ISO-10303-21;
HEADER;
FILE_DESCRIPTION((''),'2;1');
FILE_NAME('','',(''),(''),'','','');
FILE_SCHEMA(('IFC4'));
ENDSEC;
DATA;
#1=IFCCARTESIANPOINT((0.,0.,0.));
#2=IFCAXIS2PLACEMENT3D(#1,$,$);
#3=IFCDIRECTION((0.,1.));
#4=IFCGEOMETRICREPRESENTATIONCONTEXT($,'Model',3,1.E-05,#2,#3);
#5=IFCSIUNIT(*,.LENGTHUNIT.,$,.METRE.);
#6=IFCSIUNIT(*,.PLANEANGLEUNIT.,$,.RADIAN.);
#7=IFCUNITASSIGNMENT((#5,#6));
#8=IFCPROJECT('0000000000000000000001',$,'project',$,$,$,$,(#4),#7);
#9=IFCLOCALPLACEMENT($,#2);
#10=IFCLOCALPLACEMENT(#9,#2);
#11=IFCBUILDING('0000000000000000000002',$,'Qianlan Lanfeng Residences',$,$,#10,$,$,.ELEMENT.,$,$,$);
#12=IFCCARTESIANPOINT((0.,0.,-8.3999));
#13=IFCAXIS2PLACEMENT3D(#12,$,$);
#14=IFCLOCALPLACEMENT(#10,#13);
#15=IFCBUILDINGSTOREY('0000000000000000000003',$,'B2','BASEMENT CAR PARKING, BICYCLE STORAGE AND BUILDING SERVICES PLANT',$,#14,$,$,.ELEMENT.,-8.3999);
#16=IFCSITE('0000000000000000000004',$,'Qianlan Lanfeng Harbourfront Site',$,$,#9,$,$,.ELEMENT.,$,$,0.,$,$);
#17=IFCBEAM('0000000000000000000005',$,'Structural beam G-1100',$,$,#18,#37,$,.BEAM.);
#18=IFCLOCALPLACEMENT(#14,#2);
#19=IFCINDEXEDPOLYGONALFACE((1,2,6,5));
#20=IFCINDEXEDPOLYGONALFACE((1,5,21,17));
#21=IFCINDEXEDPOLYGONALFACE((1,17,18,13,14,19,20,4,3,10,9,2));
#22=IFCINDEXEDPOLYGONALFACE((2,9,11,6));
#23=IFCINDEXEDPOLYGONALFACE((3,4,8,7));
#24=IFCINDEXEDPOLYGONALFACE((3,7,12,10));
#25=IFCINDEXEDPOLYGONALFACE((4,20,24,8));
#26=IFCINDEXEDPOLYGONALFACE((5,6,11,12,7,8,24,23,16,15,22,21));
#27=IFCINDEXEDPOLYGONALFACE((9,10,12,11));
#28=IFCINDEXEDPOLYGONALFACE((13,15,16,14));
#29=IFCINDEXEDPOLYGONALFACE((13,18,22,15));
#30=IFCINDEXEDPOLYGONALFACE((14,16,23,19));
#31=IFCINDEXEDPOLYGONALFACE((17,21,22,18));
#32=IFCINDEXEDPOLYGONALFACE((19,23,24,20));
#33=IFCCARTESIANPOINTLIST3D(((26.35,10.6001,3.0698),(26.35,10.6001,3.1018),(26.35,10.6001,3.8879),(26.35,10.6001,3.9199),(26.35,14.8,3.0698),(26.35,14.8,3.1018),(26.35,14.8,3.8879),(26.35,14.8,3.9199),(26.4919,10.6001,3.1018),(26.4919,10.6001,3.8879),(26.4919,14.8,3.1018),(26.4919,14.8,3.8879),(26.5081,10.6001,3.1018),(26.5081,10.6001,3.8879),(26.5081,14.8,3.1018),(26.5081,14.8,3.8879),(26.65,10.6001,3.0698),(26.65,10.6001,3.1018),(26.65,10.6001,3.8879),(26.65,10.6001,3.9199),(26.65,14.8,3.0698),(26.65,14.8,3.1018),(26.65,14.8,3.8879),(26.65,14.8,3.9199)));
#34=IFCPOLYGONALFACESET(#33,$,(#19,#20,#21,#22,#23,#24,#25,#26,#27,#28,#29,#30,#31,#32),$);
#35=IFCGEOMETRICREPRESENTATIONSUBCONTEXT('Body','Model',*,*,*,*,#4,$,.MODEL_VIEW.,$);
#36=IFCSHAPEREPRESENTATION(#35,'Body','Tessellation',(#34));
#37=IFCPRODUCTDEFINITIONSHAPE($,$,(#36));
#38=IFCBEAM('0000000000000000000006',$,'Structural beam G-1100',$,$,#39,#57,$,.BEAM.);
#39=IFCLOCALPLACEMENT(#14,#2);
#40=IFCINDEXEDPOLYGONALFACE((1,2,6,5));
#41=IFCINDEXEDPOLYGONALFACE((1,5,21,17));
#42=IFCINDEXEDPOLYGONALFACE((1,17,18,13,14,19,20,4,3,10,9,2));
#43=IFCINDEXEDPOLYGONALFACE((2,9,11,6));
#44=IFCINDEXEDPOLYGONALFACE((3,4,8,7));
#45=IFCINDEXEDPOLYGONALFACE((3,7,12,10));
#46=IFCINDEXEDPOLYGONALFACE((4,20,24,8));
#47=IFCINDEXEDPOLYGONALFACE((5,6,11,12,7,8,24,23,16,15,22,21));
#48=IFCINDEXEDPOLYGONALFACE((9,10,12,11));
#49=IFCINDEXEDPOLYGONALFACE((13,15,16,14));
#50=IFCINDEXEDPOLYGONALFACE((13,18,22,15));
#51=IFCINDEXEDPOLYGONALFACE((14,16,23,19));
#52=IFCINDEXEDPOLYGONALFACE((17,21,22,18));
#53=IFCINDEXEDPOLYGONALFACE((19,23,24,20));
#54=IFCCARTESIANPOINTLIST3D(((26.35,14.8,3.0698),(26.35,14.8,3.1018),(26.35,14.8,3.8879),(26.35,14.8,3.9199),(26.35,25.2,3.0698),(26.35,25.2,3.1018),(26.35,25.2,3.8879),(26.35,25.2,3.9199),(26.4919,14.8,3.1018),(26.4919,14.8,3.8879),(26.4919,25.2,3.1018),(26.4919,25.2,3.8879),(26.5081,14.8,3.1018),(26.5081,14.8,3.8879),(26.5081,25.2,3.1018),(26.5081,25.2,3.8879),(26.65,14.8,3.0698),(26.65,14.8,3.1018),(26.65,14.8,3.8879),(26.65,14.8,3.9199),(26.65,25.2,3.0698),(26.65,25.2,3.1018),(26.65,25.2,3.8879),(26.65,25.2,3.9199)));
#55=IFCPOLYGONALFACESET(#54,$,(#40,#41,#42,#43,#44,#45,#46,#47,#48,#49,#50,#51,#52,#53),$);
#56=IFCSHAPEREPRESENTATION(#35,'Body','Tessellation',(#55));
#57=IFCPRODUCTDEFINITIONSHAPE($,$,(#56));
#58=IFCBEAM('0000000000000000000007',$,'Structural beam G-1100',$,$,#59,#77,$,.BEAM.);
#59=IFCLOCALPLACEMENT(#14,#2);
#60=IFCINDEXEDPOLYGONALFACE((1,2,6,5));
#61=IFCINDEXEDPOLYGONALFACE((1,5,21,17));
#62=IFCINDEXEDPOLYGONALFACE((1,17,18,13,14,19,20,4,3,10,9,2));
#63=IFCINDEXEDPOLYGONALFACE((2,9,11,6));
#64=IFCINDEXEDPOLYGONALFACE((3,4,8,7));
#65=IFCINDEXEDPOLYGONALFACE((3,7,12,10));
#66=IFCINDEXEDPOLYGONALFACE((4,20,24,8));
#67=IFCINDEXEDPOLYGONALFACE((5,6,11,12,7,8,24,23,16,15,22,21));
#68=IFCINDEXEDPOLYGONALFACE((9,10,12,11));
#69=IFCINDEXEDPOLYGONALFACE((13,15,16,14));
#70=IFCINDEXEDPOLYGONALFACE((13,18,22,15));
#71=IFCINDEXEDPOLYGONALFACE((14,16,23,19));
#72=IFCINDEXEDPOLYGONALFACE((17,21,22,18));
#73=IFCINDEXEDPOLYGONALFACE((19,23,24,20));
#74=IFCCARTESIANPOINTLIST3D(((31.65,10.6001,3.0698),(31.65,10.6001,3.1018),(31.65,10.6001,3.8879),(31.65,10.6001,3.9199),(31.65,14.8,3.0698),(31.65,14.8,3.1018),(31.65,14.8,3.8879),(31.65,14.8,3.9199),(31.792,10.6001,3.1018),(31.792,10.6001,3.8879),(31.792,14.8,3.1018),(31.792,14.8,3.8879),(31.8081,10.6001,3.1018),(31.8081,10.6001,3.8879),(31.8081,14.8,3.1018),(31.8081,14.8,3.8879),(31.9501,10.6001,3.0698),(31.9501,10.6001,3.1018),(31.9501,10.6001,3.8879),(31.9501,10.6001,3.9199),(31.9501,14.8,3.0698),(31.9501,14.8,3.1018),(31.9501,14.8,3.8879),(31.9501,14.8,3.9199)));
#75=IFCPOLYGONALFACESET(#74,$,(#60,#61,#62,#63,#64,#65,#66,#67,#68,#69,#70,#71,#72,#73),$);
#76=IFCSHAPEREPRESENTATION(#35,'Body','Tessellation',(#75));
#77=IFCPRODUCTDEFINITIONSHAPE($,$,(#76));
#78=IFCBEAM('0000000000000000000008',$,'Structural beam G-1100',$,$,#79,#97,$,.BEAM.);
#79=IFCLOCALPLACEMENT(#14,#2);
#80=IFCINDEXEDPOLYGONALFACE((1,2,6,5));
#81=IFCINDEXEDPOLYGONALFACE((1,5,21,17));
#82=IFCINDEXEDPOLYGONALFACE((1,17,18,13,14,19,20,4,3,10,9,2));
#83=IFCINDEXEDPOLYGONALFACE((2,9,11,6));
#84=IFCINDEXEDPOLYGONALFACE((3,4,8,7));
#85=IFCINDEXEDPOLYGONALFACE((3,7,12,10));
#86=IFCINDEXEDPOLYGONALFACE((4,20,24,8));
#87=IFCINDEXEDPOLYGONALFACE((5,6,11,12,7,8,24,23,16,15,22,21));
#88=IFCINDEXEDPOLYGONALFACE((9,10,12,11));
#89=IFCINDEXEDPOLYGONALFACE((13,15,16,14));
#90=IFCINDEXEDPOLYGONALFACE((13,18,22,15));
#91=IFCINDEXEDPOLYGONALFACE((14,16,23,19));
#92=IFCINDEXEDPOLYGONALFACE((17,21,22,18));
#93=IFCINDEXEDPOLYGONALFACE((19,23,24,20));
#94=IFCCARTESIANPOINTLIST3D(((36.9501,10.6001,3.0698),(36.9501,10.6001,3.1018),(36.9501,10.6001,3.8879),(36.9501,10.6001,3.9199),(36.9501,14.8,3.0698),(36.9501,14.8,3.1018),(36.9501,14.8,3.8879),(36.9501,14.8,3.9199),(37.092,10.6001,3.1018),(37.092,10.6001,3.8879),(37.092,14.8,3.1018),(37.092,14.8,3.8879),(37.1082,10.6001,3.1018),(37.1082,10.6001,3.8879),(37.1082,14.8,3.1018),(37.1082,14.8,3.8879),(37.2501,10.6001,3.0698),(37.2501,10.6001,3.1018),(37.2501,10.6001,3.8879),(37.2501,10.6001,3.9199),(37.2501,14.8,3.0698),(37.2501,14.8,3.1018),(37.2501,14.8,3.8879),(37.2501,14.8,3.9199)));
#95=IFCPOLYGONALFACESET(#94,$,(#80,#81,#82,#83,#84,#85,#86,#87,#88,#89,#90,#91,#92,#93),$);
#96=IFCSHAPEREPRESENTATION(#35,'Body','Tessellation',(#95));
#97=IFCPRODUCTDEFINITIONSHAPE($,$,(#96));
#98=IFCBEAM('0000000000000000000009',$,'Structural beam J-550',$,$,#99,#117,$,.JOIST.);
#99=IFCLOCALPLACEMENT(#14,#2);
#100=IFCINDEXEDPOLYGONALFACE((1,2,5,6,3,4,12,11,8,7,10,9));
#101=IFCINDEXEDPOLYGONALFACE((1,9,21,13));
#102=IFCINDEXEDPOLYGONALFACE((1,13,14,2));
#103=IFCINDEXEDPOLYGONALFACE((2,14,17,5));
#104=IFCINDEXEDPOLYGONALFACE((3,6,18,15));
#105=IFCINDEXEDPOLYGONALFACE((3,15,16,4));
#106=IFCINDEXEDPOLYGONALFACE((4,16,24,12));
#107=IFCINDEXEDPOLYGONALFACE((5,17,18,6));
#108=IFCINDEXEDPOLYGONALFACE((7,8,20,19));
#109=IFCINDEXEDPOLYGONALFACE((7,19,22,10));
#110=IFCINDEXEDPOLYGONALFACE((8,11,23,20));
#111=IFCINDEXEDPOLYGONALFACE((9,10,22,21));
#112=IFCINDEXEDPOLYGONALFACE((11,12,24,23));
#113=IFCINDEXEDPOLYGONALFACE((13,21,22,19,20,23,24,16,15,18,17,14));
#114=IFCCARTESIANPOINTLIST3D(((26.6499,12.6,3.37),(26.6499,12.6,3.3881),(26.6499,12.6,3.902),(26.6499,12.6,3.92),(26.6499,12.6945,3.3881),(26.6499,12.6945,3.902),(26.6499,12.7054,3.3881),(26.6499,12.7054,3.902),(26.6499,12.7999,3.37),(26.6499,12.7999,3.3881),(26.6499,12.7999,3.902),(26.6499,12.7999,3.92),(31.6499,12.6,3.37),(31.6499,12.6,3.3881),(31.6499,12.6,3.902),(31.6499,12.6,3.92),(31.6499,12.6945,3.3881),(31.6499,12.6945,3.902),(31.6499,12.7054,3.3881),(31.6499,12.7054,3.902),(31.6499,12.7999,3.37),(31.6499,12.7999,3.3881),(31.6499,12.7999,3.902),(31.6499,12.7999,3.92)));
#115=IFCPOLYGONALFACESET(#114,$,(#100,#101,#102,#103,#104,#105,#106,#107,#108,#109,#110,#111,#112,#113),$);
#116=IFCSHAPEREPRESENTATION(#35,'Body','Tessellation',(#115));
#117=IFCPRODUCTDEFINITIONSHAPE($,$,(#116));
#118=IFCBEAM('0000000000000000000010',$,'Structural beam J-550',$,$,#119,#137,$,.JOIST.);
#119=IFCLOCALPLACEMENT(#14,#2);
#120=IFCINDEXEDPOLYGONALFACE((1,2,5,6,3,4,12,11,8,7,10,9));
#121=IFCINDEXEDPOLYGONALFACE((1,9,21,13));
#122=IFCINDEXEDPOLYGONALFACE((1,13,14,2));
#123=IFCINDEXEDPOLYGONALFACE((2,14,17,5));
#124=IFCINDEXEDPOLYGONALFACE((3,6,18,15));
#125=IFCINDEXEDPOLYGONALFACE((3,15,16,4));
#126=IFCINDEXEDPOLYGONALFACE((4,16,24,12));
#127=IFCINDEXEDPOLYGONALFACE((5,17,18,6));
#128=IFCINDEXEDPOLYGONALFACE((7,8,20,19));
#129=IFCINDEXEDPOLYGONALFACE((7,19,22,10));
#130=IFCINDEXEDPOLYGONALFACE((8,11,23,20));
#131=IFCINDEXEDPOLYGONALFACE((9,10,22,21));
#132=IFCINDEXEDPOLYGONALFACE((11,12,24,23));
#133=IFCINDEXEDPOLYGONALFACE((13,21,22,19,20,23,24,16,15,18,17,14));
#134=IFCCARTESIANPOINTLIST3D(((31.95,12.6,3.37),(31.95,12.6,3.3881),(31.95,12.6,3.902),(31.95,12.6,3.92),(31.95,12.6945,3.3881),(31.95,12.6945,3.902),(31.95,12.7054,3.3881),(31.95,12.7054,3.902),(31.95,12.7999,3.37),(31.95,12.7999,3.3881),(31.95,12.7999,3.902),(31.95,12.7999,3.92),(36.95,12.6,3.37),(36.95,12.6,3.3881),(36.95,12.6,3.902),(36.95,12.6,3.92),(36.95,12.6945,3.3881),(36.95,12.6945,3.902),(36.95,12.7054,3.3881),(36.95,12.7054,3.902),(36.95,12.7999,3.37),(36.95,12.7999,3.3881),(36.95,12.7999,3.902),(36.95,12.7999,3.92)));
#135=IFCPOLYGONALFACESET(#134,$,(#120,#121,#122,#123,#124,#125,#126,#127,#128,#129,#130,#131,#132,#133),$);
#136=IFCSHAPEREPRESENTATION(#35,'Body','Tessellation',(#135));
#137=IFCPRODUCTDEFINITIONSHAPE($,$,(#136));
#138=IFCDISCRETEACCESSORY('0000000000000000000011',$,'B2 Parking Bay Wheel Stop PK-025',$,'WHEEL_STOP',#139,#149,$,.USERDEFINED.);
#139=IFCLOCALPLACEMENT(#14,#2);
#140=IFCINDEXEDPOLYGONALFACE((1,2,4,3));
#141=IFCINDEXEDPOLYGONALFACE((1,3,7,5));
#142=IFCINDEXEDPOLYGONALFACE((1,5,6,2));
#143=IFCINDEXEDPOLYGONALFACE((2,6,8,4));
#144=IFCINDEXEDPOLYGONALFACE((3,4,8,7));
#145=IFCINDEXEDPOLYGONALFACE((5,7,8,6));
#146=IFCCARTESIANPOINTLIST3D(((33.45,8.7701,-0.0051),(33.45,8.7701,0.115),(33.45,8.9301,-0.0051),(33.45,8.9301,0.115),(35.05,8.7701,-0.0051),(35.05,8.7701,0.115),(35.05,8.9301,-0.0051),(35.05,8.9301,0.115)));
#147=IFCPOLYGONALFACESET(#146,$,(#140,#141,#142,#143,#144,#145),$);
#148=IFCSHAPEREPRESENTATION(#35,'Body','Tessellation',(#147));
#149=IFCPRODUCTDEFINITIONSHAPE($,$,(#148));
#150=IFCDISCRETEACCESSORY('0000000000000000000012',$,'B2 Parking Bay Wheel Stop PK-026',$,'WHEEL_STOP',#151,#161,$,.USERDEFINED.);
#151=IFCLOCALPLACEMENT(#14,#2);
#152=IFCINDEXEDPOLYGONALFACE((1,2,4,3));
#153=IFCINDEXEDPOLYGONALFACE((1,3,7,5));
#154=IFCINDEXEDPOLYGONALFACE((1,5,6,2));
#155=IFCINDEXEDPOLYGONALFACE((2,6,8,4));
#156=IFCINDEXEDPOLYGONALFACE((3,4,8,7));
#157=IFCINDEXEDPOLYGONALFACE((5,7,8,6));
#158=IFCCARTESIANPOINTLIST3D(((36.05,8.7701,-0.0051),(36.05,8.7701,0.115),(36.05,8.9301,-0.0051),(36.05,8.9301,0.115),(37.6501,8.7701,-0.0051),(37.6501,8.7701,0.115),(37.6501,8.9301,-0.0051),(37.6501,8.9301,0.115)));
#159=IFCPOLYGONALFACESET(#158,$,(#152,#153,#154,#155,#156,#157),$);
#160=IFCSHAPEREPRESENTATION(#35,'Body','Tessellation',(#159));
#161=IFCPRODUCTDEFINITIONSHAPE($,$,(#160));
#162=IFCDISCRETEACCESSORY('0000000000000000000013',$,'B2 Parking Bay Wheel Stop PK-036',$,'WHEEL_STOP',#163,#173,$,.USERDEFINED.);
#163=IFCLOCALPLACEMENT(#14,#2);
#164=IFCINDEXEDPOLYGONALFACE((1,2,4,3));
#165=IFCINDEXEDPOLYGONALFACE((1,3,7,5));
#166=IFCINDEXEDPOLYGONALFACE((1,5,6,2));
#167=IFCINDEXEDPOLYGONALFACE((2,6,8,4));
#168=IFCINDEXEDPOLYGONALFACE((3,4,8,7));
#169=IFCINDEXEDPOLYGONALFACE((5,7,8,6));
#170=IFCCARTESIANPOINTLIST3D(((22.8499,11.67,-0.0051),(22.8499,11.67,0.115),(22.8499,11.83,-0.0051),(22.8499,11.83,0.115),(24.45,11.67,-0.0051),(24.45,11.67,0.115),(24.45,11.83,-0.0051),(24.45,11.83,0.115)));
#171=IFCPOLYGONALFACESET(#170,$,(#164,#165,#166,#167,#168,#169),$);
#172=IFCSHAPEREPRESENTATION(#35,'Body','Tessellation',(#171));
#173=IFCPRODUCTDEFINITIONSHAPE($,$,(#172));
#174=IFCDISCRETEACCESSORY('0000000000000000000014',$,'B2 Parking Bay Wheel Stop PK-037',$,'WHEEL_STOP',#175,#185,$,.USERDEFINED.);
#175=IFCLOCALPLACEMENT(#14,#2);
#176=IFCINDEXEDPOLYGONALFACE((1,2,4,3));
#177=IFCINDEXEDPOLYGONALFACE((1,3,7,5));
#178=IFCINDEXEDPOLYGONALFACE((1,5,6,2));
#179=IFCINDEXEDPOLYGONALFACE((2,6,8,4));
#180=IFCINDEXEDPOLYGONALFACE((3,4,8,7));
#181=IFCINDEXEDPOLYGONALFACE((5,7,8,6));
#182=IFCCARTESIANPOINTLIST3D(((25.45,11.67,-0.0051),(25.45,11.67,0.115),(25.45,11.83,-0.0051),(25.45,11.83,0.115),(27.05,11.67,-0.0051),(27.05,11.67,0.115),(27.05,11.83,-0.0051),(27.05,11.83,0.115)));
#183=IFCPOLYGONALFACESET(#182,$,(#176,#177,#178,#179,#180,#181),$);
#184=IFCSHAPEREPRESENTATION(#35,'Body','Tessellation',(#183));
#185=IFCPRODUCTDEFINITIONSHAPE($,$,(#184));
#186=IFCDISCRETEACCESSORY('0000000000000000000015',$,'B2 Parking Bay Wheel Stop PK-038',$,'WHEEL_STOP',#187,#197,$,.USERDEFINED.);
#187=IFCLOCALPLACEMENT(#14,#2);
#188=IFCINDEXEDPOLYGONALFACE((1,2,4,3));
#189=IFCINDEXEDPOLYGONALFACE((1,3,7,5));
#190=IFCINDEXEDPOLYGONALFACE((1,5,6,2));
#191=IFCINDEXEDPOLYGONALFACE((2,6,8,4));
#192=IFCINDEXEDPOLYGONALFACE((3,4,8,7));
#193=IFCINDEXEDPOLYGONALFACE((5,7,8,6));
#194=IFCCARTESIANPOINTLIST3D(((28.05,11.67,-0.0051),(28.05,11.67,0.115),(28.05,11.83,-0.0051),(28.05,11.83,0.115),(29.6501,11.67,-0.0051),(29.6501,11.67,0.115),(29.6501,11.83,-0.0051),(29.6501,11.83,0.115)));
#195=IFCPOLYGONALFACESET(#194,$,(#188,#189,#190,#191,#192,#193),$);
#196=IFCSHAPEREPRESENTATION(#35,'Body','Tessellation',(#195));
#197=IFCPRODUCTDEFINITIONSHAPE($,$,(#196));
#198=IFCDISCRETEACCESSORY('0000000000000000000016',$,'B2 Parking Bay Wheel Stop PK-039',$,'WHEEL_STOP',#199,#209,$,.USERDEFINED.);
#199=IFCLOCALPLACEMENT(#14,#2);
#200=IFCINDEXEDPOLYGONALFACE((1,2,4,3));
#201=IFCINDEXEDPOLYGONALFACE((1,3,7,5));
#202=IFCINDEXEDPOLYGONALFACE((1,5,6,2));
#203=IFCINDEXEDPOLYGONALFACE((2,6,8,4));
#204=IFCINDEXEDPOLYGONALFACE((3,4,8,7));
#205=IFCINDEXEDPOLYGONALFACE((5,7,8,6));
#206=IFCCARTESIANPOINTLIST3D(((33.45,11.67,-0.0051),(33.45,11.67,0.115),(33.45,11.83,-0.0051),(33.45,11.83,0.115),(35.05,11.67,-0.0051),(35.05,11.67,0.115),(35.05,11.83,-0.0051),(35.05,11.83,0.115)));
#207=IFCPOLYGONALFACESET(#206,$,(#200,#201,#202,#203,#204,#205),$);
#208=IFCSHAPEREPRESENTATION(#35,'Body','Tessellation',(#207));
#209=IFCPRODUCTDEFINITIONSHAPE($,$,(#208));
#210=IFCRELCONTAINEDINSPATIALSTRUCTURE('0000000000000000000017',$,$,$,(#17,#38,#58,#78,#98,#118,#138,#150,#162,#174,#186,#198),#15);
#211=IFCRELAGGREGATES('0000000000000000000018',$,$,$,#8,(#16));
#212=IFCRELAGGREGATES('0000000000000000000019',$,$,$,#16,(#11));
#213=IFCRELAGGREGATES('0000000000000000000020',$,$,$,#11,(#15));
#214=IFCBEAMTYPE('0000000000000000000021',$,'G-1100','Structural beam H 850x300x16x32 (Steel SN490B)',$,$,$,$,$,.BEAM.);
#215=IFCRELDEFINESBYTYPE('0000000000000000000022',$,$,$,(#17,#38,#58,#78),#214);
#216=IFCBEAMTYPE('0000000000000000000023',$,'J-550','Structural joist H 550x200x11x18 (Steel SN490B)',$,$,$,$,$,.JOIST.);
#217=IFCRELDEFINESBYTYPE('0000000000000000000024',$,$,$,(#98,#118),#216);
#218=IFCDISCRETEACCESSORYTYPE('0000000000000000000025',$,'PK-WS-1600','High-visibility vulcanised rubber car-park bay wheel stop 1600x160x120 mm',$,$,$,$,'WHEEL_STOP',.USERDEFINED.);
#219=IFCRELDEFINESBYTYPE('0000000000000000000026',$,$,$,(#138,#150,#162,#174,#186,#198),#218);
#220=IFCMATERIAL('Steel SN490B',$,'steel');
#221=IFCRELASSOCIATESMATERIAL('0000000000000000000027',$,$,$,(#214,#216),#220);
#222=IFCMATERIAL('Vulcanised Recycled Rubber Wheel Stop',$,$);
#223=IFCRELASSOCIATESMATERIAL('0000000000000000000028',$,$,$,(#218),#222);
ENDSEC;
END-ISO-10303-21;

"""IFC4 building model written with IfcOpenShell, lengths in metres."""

from ifc_helpers import new_model, si_unit, direction, frame, origin, origin_2d, place, context, subcontext, project, spatial, rectangle, i_section, extrude, source, transform, mapped, material, material_profile, profile_set, type_object, element, save


model = new_model("IFC4")

# Units and contexts
model_context = context("Model", 3, precision=1e-05, world=origin(), true_north=direction((0.0, 1.0)))
body_context = subcontext(model_context, "Body", "Model", "MODEL_VIEW")
ifc_project = project(units=[si_unit("LENGTHUNIT", "METRE"), si_unit("PLANEANGLEUNIT", "RADIAN")], contexts=[model_context])

# Site, building, storey
site_placement = place(None, origin())
site = spatial("IfcSite", under=ifc_project, at=site_placement, Name="Qianlan Lanfeng Harbourfront Site", CompositionType="ELEMENT", RefElevation=0.0)
building_placement = place(site_placement, origin())
building = spatial("IfcBuilding", under=site, at=building_placement, Name="Qianlan Lanfeng Residences", CompositionType="ELEMENT")
storey_placement = place(building_placement, frame((0.0, 0.0, -8.3999)))
storey = spatial("IfcBuildingStorey", under=building, at=storey_placement, Name="B2", Description="BASEMENT CAR PARKING, BICYCLE STORAGE AND BUILDING SERVICES PLANT", CompositionType="ELEMENT", Elevation=-8.3999)

# Beams
ifc_material_1 = material(Name="Steel SN490B", Category="steel")
ifc_material_profile_1 = material_profile(ifc_material_1, i_section(OverallWidth=0.3, OverallDepth=0.8501, WebThickness=0.0161, FlangeThickness=0.032, at=origin_2d()), Name="H 850x300x16x32")
ifc_profile_set_1 = profile_set([ifc_material_profile_1], Name="Steel SN490B")
beam_type_1 = type_object("IfcBeamType", Name="G-1100", Description="Structural beam H 850x300x16x32 (Steel SN490B)", PredefinedType="BEAM", material=ifc_profile_set_1)
beam_1_placement = place(storey_placement, frame((26.5, 10.6001, 3.4949), z_axis=(0.0, 1.0, 0.0), x_axis=(-1.0, 0.0, 0.0)))
element("IfcBeam", 1, at=beam_1_placement, inside=storey, type_object=beam_type_1, Name="Structural beam G-1100", PredefinedType="BEAM", context=body_context, shape_type="SweptSolid", body=[
    extrude(i_section(OverallWidth=0.3, OverallDepth=0.8501, WebThickness=0.0161, FlangeThickness=0.032, at=origin_2d()), origin(), (0.0, 0.0, 1.0), 4.2),
])
beam_2_placement = place(storey_placement, frame((26.5, 14.8, 3.4949), z_axis=(0.0, 1.0, 0.0), x_axis=(-1.0, 0.0, 0.0)))
element("IfcBeam", 2, at=beam_2_placement, inside=storey, type_object=beam_type_1, Name="Structural beam G-1100", PredefinedType="BEAM", context=body_context, shape_type="SweptSolid", body=[
    extrude(i_section(OverallWidth=0.3, OverallDepth=0.8501, WebThickness=0.0161, FlangeThickness=0.032, at=origin_2d()), origin(), (0.0, 0.0, 1.0), 10.3999),
])
for number, where, z_axis, x_axis, name in (
    (3, (31.8, 10.6001, 3.4949), (0.0, 1.0, 0.0), (-1.0, 0.0, 0.0), "Structural beam G-1100"),
    (4, (37.1001, 10.6001, 3.4949), (0.0, 1.0, 0.0), (-1.0, 0.0, 0.0), "Structural beam G-1100"),
):
    element("IfcBeam", number, at=place(storey_placement, frame(where, z_axis=z_axis, x_axis=x_axis)), inside=storey, type_object=beam_type_1, Name=name, PredefinedType="BEAM", context=body_context, shape_type="SweptSolid", body=[
        extrude(i_section(OverallWidth=0.3, OverallDepth=0.8501, WebThickness=0.0161, FlangeThickness=0.032, at=origin_2d()), origin(), (0.0, 0.0, 1.0), 4.2),
    ])
ifc_material_profile_2 = material_profile(ifc_material_1, i_section(OverallWidth=0.2, OverallDepth=0.55, WebThickness=0.011, FlangeThickness=0.0181, at=origin_2d()), Name="H 550x200x11x18")
ifc_profile_set_2 = profile_set([ifc_material_profile_2], Name="Steel SN490B")
beam_type_2 = type_object("IfcBeamType", Name="J-550", Description="Structural joist H 550x200x11x18 (Steel SN490B)", PredefinedType="JOIST", material=ifc_profile_set_2)
for number, where, z_axis, x_axis, name in (
    (5, (26.6499, 12.7, 3.645), (1.0, 0.0, 0.0), (0.0, 1.0, 0.0), "Structural beam J-550"),
    (6, (31.95, 12.7, 3.645), (1.0, 0.0, 0.0), (0.0, 1.0, 0.0), "Structural beam J-550"),
):
    element("IfcBeam", number, at=place(storey_placement, frame(where, z_axis=z_axis, x_axis=x_axis)), inside=storey, type_object=beam_type_2, Name=name, PredefinedType="JOIST", context=body_context, shape_type="SweptSolid", body=[
        extrude(i_section(OverallWidth=0.2, OverallDepth=0.55, WebThickness=0.011, FlangeThickness=0.0181, at=origin_2d()), origin(), (0.0, 0.0, 1.0), 5.0),
    ])

# Discrete accessories
ifc_material_2 = material(Name="Vulcanised Recycled Rubber Wheel Stop")
discrete_accessory_type = type_object("IfcDiscreteAccessoryType", Name="PK-WS-1600", Description="High-visibility vulcanised rubber car-park bay wheel stop 1600x160x120 mm", ElementType="WHEEL_STOP", PredefinedType="USERDEFINED", material=ifc_material_2)
shared_shape = source(origin(), body_context, "Body", "SweptSolid", [
    extrude(rectangle(XDim=1.6001, YDim=0.1599, at=origin_2d()), origin(), (0.0, 0.0, 1.0), 0.1201),
])
for number, where, z_axis, x_axis, name in (
    (7, (34.25, 8.8501, -0.0051), (0.0, 0.0, 1.0), (1.0, 0.0, 0.0), "B2 Parking Bay Wheel Stop PK-025"),
    (8, (36.8501, 8.8501, -0.0051), (0.0, 0.0, 1.0), (1.0, 0.0, 0.0), "B2 Parking Bay Wheel Stop PK-026"),
    (9, (23.6499, 11.75, -0.0051), (0.0, 0.0, 1.0), (1.0, 0.0, 0.0), "B2 Parking Bay Wheel Stop PK-036"),
    (10, (26.25, 11.75, -0.0051), (0.0, 0.0, 1.0), (1.0, 0.0, 0.0), "B2 Parking Bay Wheel Stop PK-037"),
    (11, (28.8501, 11.75, -0.0051), (0.0, 0.0, 1.0), (1.0, 0.0, 0.0), "B2 Parking Bay Wheel Stop PK-038"),
    (12, (34.25, 11.75, -0.0051), (0.0, 0.0, 1.0), (1.0, 0.0, 0.0), "B2 Parking Bay Wheel Stop PK-039"),
):
    element("IfcDiscreteAccessory", number, at=place(storey_placement, frame(where, z_axis=z_axis, x_axis=x_axis)), inside=storey, type_object=discrete_accessory_type, Name=name, ObjectType="WHEEL_STOP", PredefinedType="USERDEFINED", context=body_context, shape_type="MappedRepresentation", body=[
        mapped(shared_shape, transform((0.0, 0.0, 0.0), scale=1.0)),
    ])

save(model, "model.ifc")
